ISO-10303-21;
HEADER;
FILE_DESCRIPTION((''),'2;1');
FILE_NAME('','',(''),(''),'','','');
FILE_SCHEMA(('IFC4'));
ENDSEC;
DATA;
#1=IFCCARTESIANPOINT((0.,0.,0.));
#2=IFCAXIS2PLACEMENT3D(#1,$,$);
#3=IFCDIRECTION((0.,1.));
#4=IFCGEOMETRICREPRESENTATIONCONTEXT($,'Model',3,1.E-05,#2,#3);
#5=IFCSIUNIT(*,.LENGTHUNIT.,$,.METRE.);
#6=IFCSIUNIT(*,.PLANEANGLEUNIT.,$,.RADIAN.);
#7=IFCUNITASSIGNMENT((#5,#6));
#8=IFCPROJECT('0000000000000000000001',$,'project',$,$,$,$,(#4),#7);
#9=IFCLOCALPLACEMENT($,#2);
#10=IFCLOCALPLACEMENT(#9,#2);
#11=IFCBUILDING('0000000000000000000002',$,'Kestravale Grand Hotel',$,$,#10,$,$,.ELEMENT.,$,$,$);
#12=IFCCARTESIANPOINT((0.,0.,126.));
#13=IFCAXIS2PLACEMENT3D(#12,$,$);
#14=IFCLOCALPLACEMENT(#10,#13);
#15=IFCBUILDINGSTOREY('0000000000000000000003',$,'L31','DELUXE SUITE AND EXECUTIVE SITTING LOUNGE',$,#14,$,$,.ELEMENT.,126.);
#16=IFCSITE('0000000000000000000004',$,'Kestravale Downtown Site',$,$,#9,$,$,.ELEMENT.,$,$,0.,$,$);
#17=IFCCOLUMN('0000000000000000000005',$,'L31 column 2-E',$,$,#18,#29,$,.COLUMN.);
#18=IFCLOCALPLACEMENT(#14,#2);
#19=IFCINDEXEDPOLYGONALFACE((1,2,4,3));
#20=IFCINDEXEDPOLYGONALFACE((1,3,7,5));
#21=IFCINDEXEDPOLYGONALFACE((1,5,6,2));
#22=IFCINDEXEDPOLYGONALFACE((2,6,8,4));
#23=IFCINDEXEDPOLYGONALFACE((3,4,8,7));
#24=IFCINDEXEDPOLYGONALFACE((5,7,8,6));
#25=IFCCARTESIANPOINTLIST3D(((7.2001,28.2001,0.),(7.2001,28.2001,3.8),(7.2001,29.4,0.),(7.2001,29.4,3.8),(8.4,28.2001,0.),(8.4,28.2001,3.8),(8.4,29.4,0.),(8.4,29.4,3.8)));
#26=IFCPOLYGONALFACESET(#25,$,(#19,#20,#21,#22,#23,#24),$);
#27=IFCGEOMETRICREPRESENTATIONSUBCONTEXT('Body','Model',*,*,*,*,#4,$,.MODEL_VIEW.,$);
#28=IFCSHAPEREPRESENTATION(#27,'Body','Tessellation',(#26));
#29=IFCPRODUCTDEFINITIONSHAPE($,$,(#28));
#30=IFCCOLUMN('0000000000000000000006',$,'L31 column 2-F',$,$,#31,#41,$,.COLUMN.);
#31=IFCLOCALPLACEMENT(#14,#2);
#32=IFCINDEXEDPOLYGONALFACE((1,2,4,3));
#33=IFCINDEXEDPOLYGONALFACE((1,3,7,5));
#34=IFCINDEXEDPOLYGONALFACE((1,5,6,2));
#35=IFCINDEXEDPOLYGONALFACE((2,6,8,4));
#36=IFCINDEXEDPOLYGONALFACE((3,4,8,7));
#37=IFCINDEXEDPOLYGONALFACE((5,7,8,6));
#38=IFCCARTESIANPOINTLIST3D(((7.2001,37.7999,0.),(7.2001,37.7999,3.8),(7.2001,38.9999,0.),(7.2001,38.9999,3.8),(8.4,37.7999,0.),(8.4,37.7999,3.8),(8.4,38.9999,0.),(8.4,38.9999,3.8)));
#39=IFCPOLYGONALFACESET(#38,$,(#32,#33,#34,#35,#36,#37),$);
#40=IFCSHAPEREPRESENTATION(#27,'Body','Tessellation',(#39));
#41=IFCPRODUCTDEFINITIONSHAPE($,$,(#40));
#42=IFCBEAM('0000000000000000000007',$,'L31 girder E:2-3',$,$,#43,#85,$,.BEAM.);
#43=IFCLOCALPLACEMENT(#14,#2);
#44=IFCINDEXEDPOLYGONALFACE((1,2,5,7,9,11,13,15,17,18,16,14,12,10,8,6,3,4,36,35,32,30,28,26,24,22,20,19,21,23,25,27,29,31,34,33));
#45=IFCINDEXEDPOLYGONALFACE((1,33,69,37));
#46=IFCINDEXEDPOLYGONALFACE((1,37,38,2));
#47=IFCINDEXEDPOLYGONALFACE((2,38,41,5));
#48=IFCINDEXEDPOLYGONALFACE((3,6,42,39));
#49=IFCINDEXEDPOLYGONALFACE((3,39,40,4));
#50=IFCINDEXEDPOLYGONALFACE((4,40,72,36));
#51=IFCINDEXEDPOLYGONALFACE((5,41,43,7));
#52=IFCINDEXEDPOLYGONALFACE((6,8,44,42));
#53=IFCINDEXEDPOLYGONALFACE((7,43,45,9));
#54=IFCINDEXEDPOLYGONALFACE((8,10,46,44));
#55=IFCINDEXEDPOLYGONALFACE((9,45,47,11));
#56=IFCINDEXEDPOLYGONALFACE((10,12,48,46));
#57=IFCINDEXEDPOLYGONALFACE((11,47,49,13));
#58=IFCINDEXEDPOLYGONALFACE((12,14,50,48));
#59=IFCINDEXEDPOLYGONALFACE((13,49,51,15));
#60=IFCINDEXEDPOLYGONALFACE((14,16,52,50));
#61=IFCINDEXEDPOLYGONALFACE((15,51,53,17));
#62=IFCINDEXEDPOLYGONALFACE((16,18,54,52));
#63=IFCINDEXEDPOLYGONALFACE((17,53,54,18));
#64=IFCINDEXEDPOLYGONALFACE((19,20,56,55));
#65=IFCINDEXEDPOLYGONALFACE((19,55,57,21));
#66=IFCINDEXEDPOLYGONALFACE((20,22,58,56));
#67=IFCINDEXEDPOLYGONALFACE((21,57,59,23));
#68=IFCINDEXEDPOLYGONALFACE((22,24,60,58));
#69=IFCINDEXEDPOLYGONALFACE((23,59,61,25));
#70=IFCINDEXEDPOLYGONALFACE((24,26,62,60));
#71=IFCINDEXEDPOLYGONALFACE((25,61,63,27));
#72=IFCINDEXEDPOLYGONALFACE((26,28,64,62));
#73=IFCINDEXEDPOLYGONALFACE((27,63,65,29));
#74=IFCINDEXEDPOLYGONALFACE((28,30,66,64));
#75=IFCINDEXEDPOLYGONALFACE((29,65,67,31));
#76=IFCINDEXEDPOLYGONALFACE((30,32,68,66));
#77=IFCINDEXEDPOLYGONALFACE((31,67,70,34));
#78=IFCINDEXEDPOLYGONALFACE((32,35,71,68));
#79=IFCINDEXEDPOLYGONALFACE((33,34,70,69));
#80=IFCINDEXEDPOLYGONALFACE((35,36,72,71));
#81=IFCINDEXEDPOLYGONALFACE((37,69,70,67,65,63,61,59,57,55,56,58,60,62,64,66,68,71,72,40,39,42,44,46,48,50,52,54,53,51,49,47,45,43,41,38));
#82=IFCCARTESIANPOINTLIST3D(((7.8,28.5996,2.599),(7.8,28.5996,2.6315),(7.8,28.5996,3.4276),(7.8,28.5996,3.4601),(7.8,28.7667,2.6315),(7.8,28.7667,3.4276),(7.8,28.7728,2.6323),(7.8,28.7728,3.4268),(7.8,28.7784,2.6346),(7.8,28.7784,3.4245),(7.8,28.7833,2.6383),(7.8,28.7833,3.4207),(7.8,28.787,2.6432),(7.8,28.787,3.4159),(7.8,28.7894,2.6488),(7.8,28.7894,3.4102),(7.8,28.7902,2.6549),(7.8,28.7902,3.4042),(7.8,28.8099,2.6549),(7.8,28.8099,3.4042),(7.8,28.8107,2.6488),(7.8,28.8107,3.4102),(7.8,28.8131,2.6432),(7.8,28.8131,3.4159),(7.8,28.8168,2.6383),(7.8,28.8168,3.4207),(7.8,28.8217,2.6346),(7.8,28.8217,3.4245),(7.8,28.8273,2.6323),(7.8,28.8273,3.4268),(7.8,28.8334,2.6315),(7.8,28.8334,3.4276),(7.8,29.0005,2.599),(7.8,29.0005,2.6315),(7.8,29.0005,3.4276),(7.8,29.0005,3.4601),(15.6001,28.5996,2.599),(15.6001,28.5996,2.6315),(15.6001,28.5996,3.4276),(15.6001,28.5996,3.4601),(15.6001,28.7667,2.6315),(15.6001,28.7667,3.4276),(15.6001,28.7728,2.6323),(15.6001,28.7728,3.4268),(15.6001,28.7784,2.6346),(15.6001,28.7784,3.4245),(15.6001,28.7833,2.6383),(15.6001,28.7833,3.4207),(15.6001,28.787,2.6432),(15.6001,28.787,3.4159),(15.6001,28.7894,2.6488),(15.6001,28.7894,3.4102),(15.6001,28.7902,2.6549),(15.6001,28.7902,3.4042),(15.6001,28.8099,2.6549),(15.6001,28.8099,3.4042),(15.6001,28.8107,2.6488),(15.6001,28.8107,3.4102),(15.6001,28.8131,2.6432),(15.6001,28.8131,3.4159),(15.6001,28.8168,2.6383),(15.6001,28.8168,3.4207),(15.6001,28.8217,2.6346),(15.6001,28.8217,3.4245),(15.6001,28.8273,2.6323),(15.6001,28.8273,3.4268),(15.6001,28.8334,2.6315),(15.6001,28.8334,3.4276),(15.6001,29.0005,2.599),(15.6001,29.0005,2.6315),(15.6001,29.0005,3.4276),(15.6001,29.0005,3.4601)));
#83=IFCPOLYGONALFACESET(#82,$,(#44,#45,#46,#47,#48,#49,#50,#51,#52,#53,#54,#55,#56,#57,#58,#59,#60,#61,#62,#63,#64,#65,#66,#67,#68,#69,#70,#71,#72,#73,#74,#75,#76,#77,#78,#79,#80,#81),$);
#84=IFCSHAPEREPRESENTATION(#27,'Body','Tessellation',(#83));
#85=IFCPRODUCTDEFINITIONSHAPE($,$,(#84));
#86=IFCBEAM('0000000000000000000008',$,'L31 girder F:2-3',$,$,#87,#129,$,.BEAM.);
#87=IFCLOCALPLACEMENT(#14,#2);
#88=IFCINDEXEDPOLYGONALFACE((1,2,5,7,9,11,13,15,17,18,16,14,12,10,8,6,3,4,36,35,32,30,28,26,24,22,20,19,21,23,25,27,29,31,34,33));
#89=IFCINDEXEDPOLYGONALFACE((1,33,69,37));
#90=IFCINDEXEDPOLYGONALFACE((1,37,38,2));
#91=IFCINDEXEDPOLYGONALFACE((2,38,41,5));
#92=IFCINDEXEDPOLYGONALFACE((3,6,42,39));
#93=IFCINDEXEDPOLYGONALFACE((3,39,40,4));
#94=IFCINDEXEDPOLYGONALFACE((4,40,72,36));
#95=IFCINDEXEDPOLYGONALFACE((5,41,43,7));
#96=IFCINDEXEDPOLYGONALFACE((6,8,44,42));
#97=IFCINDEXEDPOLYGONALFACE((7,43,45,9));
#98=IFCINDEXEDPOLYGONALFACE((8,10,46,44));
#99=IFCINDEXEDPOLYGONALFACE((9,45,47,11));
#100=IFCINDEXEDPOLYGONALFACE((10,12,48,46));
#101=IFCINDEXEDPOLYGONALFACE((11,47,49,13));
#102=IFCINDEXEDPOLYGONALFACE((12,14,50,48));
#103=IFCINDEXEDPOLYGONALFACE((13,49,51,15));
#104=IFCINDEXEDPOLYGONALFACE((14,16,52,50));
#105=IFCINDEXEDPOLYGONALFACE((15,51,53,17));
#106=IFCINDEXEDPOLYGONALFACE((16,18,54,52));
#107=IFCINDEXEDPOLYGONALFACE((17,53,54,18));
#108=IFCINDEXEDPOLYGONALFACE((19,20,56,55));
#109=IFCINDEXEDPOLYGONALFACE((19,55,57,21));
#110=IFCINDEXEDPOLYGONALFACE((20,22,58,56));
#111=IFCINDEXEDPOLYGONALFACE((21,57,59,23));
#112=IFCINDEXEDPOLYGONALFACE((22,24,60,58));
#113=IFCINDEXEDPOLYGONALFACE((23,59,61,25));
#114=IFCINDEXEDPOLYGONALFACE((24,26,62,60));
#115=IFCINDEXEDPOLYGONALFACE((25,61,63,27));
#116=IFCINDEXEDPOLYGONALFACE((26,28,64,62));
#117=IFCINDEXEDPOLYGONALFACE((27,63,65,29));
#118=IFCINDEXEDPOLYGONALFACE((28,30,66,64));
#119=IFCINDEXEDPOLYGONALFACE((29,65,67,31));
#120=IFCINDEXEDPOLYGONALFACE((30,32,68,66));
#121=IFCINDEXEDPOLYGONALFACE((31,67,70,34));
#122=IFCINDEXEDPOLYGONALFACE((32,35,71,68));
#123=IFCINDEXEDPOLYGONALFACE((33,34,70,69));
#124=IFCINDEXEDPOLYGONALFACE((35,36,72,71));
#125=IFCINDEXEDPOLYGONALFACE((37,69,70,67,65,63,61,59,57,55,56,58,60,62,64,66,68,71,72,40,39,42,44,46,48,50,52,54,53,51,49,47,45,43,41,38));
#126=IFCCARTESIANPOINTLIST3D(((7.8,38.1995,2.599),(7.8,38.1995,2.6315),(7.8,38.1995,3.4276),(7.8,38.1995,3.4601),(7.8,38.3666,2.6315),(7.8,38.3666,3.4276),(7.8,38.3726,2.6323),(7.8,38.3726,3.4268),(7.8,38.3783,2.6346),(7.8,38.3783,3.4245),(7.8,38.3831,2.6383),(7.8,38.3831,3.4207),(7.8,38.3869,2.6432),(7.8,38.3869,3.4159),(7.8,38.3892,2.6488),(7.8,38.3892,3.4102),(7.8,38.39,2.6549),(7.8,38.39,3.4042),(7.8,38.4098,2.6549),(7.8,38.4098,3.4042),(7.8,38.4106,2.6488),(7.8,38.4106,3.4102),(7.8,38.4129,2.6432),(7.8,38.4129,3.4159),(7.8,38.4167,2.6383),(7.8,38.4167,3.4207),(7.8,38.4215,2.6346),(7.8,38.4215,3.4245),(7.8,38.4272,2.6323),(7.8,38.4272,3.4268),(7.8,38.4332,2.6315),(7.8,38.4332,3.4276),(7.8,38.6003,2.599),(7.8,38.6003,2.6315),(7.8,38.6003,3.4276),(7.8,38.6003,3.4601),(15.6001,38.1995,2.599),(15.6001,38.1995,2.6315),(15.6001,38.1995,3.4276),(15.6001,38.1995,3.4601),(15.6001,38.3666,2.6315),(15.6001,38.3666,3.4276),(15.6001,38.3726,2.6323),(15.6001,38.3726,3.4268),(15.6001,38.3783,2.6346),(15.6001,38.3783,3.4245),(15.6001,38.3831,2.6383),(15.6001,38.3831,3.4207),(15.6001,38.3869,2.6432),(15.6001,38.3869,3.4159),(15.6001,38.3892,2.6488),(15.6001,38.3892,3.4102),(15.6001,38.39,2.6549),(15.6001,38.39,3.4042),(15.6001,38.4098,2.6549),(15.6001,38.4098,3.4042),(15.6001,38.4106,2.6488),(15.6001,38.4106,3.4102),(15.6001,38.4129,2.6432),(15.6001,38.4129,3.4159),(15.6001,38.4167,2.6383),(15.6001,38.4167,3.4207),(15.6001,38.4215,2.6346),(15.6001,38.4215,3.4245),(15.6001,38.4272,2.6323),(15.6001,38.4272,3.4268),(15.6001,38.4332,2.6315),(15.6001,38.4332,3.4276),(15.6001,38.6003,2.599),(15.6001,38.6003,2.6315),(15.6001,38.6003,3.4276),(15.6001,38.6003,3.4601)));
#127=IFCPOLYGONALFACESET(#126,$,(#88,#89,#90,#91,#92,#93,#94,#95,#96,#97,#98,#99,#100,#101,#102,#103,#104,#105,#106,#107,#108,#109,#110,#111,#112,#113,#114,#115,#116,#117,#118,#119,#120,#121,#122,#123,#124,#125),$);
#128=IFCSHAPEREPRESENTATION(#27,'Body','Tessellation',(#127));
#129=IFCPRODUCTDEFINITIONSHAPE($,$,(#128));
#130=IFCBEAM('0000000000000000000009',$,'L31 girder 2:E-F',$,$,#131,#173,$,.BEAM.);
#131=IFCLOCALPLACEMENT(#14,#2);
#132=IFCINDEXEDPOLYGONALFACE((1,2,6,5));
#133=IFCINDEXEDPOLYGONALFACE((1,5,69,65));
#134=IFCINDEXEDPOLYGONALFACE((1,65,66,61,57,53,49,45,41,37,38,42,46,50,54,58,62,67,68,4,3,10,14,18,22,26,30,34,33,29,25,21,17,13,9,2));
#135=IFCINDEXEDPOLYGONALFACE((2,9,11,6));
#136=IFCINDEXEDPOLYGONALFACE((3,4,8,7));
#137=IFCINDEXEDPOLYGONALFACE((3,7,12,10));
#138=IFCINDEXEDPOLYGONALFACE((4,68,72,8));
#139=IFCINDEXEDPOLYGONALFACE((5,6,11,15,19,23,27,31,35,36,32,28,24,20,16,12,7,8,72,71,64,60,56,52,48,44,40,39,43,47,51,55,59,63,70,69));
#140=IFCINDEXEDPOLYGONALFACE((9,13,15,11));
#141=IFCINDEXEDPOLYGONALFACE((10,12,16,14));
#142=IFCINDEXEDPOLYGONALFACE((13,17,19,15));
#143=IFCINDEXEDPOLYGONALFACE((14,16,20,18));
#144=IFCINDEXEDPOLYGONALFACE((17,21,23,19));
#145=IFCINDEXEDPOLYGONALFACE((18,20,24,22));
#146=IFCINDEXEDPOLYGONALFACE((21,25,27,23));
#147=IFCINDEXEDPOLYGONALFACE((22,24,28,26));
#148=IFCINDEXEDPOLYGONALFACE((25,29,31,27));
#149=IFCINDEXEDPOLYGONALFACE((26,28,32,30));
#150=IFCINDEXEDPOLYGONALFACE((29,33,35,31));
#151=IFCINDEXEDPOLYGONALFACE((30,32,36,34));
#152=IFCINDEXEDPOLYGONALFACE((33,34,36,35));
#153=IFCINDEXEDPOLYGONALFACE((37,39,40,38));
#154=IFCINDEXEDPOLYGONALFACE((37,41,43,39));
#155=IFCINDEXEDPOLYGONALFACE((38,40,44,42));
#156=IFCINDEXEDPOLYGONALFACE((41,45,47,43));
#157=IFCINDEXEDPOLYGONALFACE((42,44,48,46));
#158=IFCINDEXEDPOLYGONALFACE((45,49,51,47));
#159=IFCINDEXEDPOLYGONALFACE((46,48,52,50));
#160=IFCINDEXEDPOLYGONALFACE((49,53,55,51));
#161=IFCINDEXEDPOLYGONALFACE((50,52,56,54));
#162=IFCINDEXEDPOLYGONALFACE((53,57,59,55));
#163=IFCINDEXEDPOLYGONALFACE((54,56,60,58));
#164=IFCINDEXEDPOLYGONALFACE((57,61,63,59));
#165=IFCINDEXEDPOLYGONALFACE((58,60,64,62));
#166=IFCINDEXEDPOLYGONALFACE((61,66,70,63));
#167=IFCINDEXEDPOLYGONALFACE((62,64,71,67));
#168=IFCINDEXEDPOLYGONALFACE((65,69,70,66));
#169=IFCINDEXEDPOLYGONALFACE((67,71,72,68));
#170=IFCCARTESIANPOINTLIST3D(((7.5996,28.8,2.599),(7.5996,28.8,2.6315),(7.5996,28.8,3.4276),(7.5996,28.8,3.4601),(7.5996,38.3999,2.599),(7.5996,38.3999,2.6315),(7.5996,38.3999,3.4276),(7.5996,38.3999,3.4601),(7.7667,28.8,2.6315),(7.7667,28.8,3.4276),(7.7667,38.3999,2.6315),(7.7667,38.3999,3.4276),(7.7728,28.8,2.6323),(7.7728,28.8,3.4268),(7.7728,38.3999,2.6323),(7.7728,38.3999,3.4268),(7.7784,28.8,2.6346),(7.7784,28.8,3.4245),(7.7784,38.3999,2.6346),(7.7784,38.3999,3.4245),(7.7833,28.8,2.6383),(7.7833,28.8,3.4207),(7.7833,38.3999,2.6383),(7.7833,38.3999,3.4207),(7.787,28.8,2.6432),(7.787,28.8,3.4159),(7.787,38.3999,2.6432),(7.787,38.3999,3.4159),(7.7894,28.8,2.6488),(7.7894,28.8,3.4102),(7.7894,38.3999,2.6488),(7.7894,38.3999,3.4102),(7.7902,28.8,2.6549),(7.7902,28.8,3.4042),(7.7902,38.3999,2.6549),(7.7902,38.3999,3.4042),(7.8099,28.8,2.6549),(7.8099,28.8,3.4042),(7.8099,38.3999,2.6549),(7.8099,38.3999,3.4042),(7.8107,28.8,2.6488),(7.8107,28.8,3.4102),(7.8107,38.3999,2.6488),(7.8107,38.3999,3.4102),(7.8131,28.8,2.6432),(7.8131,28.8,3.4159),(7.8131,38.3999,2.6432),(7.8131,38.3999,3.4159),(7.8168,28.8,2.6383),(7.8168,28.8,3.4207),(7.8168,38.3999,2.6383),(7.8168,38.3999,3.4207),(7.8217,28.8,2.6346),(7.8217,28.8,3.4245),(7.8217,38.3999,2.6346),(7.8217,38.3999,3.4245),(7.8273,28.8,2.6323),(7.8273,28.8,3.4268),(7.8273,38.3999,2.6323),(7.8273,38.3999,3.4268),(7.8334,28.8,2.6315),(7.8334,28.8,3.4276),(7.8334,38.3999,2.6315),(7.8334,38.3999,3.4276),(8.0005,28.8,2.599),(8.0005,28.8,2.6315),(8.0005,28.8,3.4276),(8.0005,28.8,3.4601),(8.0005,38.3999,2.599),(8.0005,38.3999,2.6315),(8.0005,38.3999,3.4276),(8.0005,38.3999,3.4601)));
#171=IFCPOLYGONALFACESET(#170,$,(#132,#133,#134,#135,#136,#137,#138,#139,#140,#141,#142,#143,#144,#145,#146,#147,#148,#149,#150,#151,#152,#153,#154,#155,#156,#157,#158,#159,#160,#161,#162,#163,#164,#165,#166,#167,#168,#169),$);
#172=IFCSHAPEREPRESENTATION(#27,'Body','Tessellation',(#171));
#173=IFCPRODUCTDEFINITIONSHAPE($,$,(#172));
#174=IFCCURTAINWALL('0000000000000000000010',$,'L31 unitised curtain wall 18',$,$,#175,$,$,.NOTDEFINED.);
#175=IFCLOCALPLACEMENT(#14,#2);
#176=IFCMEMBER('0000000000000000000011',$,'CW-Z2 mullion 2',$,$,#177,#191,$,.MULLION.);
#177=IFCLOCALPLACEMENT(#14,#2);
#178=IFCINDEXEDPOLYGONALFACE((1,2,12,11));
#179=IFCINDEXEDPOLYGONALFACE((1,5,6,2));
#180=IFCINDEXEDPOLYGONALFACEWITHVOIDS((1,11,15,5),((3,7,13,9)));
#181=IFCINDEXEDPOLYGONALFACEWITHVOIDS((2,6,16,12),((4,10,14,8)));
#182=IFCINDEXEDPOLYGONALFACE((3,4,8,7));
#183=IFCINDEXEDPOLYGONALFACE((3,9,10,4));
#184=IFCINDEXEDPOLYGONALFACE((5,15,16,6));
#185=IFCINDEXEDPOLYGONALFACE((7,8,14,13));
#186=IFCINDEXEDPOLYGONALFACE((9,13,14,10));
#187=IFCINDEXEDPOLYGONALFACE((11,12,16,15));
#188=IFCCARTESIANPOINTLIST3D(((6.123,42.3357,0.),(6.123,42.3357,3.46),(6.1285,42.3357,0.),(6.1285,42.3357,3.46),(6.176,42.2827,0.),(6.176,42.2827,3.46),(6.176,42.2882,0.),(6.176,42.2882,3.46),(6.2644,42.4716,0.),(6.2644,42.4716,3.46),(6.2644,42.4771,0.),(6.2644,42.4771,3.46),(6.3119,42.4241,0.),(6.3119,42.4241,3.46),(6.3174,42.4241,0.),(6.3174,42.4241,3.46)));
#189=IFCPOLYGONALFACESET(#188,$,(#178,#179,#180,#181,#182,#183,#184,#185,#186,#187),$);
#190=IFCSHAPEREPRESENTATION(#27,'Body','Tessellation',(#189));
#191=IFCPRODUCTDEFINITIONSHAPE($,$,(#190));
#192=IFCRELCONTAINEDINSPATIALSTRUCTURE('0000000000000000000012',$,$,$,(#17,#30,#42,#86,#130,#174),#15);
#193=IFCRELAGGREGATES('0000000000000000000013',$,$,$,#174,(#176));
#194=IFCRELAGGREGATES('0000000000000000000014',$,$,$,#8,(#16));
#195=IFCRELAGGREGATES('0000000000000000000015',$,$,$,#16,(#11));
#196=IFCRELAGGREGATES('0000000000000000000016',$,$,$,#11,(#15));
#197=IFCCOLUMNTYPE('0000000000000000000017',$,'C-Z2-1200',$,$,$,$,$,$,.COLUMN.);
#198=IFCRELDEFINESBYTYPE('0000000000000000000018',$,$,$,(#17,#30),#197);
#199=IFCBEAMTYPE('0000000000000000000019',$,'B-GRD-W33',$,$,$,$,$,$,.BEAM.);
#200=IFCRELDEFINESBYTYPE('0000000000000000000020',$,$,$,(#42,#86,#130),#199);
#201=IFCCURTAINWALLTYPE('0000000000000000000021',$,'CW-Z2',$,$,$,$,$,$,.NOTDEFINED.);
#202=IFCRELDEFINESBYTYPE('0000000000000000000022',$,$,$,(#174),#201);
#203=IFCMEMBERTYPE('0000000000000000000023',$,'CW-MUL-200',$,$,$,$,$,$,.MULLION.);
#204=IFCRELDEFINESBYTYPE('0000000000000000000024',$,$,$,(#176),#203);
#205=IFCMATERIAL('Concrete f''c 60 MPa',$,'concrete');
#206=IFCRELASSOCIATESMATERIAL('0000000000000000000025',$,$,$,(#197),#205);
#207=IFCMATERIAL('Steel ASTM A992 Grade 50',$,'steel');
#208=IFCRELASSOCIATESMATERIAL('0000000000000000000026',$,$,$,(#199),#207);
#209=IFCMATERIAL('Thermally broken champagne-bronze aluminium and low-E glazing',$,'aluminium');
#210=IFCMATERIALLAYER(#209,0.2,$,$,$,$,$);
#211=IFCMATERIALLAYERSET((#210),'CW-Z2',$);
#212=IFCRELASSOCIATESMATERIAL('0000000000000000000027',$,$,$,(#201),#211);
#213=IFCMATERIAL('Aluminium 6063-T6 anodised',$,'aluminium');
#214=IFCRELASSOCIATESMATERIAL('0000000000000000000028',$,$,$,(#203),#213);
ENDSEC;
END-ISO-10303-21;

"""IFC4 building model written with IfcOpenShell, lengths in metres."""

from ifc_helpers import new_model, si_unit, direction, frame, origin, origin_2d, place, context, subcontext, project, spatial, rectangle, hollow_rectangle, i_section, extrude, material, layer, layer_set, material_profile, profile_set, type_object, element, aggregate, save


model = new_model("IFC4")

# Units and contexts
model_context = context("Model", 3, precision=1e-05, world=origin(), true_north=direction((0.0, 1.0)))
body_context = subcontext(model_context, "Body", "Model", "MODEL_VIEW")
ifc_project = project(units=[si_unit("LENGTHUNIT", "METRE"), si_unit("PLANEANGLEUNIT", "RADIAN")], contexts=[model_context])

# Site, building, storey
site_placement = place(None, origin())
site = spatial("IfcSite", under=ifc_project, at=site_placement, Name="Kestravale Downtown Site", CompositionType="ELEMENT", RefElevation=0.0)
building_placement = place(site_placement, origin())
building = spatial("IfcBuilding", under=site, at=building_placement, Name="Kestravale Grand Hotel", CompositionType="ELEMENT")
storey_placement = place(building_placement, frame((0.0, 0.0, 126.0)))
storey = spatial("IfcBuildingStorey", under=building, at=storey_placement, Name="L31", Description="DELUXE SUITE AND EXECUTIVE SITTING LOUNGE", CompositionType="ELEMENT", Elevation=126.0)

# Columns
ifc_material_1 = material(Name="Concrete f'c 60 MPa", Category="concrete")
ifc_material_profile_1 = material_profile(ifc_material_1, rectangle(XDim=1.2, YDim=1.2, at=origin_2d()))
ifc_profile_set_1 = profile_set([ifc_material_profile_1], Name="Concrete f'c 60 MPa")
column_type = type_object("IfcColumnType", Name="C-Z2-1200", PredefinedType="COLUMN", material=ifc_profile_set_1)
for number, where, z_axis, x_axis, name in (
    (1, (7.8, 28.8, 0.0), (0.0, 0.0, 1.0), (1.0, 0.0, 0.0), "L31 column 2-E"),
    (2, (7.8, 38.3999, 0.0), (0.0, 0.0, 1.0), (1.0, 0.0, 0.0), "L31 column 2-F"),
):
    element("IfcColumn", number, at=place(storey_placement, frame(where, z_axis=z_axis, x_axis=x_axis)), inside=storey, type_object=column_type, Name=name, PredefinedType="COLUMN", context=body_context, shape_type="SweptSolid", body=[
        extrude(rectangle(XDim=1.2, YDim=1.2, at=origin_2d()), origin(), (0.0, 0.0, 1.0), 3.8),
    ])

# Beams
ifc_material_2 = material(Name="Steel ASTM A992 Grade 50", Category="steel")
ifc_material_profile_2 = material_profile(ifc_material_2, i_section(OverallWidth=0.4009, OverallDepth=0.8611, WebThickness=0.0198, FlangeThickness=0.0325, FilletRadius=0.0234, at=origin_2d()))
ifc_profile_set_2 = profile_set([ifc_material_profile_2], Name="Steel ASTM A992 Grade 50")
beam_type = type_object("IfcBeamType", Name="B-GRD-W33", PredefinedType="BEAM", material=ifc_profile_set_2)
for number, where, z_axis, x_axis, name in (
    (3, (7.8, 28.8, 3.0295), (1.0, 0.0, 0.0), (0.0, 1.0, 0.0), "L31 girder E:2-3"),
    (4, (7.8, 38.3999, 3.0295), (1.0, 0.0, 0.0), (0.0, 1.0, 0.0), "L31 girder F:2-3"),
):
    element("IfcBeam", number, at=place(storey_placement, frame(where, z_axis=z_axis, x_axis=x_axis)), inside=storey, type_object=beam_type, Name=name, PredefinedType="BEAM", context=body_context, shape_type="SweptSolid", body=[
        extrude(i_section(OverallWidth=0.4009, OverallDepth=0.8611, WebThickness=0.0198, FlangeThickness=0.0325, FilletRadius=0.0234, at=origin_2d()), origin(), (0.0, 0.0, 1.0), 7.8),
    ])
beam_placement = place(storey_placement, frame((7.8, 28.8, 3.0295), z_axis=(0.0, 1.0, 0.0), x_axis=(-1.0, 0.0, 0.0)))
element("IfcBeam", 5, at=beam_placement, inside=storey, type_object=beam_type, Name="L31 girder 2:E-F", PredefinedType="BEAM", context=body_context, shape_type="SweptSolid", body=[
    extrude(i_section(OverallWidth=0.4009, OverallDepth=0.8611, WebThickness=0.0198, FlangeThickness=0.0325, FilletRadius=0.0234, at=origin_2d()), origin(), (0.0, 0.0, 1.0), 9.5999),
])

# Curtain wall, member
ifc_material_3 = material(Name="Thermally broken champagne-bronze aluminium and low-E glazing", Category="aluminium")
ifc_layer_1 = layer(ifc_material_3, 0.2)
ifc_layer_set_1 = layer_set([ifc_layer_1], Name="CW-Z2")
curtain_wall_type = type_object("IfcCurtainWallType", Name="CW-Z2", PredefinedType="NOTDEFINED", material=ifc_layer_set_1)
curtain_wall_placement = place(storey_placement, origin())
curtain_wall = element("IfcCurtainWall", 6, at=curtain_wall_placement, inside=storey, type_object=curtain_wall_type, Name="L31 unitised curtain wall 18", PredefinedType="NOTDEFINED")
ifc_material_4 = material(Name="Aluminium 6063-T6 anodised", Category="aluminium")
ifc_material_profile_3 = material_profile(ifc_material_4, hollow_rectangle(XDim=0.075, YDim=0.2, WallThickness=0.0039, at=origin_2d()))
ifc_profile_set_3 = profile_set([ifc_material_profile_3], Name="Aluminium 6063-T6 anodised")
member_type_1 = type_object("IfcMemberType", Name="CW-MUL-200", PredefinedType="MULLION", material=ifc_profile_set_3)
member_1_placement = place(storey_placement, frame((6.2202, 42.3799, 0.0), z_axis=(0.0, 0.0, 1.0), x_axis=(0.707107, -0.707107, 0.0)))
member_1 = element("IfcMember", 7, at=member_1_placement, type_object=member_type_1, Name="CW-Z2 mullion 2", PredefinedType="MULLION", context=body_context, shape_type="SweptSolid", body=[
    extrude(hollow_rectangle(XDim=0.075, YDim=0.2, WallThickness=0.0039, at=origin_2d()), origin(), (0.0, 0.0, 1.0), 3.46),
])
aggregate(curtain_wall, [member_1])

save(model, "model.ifc")
